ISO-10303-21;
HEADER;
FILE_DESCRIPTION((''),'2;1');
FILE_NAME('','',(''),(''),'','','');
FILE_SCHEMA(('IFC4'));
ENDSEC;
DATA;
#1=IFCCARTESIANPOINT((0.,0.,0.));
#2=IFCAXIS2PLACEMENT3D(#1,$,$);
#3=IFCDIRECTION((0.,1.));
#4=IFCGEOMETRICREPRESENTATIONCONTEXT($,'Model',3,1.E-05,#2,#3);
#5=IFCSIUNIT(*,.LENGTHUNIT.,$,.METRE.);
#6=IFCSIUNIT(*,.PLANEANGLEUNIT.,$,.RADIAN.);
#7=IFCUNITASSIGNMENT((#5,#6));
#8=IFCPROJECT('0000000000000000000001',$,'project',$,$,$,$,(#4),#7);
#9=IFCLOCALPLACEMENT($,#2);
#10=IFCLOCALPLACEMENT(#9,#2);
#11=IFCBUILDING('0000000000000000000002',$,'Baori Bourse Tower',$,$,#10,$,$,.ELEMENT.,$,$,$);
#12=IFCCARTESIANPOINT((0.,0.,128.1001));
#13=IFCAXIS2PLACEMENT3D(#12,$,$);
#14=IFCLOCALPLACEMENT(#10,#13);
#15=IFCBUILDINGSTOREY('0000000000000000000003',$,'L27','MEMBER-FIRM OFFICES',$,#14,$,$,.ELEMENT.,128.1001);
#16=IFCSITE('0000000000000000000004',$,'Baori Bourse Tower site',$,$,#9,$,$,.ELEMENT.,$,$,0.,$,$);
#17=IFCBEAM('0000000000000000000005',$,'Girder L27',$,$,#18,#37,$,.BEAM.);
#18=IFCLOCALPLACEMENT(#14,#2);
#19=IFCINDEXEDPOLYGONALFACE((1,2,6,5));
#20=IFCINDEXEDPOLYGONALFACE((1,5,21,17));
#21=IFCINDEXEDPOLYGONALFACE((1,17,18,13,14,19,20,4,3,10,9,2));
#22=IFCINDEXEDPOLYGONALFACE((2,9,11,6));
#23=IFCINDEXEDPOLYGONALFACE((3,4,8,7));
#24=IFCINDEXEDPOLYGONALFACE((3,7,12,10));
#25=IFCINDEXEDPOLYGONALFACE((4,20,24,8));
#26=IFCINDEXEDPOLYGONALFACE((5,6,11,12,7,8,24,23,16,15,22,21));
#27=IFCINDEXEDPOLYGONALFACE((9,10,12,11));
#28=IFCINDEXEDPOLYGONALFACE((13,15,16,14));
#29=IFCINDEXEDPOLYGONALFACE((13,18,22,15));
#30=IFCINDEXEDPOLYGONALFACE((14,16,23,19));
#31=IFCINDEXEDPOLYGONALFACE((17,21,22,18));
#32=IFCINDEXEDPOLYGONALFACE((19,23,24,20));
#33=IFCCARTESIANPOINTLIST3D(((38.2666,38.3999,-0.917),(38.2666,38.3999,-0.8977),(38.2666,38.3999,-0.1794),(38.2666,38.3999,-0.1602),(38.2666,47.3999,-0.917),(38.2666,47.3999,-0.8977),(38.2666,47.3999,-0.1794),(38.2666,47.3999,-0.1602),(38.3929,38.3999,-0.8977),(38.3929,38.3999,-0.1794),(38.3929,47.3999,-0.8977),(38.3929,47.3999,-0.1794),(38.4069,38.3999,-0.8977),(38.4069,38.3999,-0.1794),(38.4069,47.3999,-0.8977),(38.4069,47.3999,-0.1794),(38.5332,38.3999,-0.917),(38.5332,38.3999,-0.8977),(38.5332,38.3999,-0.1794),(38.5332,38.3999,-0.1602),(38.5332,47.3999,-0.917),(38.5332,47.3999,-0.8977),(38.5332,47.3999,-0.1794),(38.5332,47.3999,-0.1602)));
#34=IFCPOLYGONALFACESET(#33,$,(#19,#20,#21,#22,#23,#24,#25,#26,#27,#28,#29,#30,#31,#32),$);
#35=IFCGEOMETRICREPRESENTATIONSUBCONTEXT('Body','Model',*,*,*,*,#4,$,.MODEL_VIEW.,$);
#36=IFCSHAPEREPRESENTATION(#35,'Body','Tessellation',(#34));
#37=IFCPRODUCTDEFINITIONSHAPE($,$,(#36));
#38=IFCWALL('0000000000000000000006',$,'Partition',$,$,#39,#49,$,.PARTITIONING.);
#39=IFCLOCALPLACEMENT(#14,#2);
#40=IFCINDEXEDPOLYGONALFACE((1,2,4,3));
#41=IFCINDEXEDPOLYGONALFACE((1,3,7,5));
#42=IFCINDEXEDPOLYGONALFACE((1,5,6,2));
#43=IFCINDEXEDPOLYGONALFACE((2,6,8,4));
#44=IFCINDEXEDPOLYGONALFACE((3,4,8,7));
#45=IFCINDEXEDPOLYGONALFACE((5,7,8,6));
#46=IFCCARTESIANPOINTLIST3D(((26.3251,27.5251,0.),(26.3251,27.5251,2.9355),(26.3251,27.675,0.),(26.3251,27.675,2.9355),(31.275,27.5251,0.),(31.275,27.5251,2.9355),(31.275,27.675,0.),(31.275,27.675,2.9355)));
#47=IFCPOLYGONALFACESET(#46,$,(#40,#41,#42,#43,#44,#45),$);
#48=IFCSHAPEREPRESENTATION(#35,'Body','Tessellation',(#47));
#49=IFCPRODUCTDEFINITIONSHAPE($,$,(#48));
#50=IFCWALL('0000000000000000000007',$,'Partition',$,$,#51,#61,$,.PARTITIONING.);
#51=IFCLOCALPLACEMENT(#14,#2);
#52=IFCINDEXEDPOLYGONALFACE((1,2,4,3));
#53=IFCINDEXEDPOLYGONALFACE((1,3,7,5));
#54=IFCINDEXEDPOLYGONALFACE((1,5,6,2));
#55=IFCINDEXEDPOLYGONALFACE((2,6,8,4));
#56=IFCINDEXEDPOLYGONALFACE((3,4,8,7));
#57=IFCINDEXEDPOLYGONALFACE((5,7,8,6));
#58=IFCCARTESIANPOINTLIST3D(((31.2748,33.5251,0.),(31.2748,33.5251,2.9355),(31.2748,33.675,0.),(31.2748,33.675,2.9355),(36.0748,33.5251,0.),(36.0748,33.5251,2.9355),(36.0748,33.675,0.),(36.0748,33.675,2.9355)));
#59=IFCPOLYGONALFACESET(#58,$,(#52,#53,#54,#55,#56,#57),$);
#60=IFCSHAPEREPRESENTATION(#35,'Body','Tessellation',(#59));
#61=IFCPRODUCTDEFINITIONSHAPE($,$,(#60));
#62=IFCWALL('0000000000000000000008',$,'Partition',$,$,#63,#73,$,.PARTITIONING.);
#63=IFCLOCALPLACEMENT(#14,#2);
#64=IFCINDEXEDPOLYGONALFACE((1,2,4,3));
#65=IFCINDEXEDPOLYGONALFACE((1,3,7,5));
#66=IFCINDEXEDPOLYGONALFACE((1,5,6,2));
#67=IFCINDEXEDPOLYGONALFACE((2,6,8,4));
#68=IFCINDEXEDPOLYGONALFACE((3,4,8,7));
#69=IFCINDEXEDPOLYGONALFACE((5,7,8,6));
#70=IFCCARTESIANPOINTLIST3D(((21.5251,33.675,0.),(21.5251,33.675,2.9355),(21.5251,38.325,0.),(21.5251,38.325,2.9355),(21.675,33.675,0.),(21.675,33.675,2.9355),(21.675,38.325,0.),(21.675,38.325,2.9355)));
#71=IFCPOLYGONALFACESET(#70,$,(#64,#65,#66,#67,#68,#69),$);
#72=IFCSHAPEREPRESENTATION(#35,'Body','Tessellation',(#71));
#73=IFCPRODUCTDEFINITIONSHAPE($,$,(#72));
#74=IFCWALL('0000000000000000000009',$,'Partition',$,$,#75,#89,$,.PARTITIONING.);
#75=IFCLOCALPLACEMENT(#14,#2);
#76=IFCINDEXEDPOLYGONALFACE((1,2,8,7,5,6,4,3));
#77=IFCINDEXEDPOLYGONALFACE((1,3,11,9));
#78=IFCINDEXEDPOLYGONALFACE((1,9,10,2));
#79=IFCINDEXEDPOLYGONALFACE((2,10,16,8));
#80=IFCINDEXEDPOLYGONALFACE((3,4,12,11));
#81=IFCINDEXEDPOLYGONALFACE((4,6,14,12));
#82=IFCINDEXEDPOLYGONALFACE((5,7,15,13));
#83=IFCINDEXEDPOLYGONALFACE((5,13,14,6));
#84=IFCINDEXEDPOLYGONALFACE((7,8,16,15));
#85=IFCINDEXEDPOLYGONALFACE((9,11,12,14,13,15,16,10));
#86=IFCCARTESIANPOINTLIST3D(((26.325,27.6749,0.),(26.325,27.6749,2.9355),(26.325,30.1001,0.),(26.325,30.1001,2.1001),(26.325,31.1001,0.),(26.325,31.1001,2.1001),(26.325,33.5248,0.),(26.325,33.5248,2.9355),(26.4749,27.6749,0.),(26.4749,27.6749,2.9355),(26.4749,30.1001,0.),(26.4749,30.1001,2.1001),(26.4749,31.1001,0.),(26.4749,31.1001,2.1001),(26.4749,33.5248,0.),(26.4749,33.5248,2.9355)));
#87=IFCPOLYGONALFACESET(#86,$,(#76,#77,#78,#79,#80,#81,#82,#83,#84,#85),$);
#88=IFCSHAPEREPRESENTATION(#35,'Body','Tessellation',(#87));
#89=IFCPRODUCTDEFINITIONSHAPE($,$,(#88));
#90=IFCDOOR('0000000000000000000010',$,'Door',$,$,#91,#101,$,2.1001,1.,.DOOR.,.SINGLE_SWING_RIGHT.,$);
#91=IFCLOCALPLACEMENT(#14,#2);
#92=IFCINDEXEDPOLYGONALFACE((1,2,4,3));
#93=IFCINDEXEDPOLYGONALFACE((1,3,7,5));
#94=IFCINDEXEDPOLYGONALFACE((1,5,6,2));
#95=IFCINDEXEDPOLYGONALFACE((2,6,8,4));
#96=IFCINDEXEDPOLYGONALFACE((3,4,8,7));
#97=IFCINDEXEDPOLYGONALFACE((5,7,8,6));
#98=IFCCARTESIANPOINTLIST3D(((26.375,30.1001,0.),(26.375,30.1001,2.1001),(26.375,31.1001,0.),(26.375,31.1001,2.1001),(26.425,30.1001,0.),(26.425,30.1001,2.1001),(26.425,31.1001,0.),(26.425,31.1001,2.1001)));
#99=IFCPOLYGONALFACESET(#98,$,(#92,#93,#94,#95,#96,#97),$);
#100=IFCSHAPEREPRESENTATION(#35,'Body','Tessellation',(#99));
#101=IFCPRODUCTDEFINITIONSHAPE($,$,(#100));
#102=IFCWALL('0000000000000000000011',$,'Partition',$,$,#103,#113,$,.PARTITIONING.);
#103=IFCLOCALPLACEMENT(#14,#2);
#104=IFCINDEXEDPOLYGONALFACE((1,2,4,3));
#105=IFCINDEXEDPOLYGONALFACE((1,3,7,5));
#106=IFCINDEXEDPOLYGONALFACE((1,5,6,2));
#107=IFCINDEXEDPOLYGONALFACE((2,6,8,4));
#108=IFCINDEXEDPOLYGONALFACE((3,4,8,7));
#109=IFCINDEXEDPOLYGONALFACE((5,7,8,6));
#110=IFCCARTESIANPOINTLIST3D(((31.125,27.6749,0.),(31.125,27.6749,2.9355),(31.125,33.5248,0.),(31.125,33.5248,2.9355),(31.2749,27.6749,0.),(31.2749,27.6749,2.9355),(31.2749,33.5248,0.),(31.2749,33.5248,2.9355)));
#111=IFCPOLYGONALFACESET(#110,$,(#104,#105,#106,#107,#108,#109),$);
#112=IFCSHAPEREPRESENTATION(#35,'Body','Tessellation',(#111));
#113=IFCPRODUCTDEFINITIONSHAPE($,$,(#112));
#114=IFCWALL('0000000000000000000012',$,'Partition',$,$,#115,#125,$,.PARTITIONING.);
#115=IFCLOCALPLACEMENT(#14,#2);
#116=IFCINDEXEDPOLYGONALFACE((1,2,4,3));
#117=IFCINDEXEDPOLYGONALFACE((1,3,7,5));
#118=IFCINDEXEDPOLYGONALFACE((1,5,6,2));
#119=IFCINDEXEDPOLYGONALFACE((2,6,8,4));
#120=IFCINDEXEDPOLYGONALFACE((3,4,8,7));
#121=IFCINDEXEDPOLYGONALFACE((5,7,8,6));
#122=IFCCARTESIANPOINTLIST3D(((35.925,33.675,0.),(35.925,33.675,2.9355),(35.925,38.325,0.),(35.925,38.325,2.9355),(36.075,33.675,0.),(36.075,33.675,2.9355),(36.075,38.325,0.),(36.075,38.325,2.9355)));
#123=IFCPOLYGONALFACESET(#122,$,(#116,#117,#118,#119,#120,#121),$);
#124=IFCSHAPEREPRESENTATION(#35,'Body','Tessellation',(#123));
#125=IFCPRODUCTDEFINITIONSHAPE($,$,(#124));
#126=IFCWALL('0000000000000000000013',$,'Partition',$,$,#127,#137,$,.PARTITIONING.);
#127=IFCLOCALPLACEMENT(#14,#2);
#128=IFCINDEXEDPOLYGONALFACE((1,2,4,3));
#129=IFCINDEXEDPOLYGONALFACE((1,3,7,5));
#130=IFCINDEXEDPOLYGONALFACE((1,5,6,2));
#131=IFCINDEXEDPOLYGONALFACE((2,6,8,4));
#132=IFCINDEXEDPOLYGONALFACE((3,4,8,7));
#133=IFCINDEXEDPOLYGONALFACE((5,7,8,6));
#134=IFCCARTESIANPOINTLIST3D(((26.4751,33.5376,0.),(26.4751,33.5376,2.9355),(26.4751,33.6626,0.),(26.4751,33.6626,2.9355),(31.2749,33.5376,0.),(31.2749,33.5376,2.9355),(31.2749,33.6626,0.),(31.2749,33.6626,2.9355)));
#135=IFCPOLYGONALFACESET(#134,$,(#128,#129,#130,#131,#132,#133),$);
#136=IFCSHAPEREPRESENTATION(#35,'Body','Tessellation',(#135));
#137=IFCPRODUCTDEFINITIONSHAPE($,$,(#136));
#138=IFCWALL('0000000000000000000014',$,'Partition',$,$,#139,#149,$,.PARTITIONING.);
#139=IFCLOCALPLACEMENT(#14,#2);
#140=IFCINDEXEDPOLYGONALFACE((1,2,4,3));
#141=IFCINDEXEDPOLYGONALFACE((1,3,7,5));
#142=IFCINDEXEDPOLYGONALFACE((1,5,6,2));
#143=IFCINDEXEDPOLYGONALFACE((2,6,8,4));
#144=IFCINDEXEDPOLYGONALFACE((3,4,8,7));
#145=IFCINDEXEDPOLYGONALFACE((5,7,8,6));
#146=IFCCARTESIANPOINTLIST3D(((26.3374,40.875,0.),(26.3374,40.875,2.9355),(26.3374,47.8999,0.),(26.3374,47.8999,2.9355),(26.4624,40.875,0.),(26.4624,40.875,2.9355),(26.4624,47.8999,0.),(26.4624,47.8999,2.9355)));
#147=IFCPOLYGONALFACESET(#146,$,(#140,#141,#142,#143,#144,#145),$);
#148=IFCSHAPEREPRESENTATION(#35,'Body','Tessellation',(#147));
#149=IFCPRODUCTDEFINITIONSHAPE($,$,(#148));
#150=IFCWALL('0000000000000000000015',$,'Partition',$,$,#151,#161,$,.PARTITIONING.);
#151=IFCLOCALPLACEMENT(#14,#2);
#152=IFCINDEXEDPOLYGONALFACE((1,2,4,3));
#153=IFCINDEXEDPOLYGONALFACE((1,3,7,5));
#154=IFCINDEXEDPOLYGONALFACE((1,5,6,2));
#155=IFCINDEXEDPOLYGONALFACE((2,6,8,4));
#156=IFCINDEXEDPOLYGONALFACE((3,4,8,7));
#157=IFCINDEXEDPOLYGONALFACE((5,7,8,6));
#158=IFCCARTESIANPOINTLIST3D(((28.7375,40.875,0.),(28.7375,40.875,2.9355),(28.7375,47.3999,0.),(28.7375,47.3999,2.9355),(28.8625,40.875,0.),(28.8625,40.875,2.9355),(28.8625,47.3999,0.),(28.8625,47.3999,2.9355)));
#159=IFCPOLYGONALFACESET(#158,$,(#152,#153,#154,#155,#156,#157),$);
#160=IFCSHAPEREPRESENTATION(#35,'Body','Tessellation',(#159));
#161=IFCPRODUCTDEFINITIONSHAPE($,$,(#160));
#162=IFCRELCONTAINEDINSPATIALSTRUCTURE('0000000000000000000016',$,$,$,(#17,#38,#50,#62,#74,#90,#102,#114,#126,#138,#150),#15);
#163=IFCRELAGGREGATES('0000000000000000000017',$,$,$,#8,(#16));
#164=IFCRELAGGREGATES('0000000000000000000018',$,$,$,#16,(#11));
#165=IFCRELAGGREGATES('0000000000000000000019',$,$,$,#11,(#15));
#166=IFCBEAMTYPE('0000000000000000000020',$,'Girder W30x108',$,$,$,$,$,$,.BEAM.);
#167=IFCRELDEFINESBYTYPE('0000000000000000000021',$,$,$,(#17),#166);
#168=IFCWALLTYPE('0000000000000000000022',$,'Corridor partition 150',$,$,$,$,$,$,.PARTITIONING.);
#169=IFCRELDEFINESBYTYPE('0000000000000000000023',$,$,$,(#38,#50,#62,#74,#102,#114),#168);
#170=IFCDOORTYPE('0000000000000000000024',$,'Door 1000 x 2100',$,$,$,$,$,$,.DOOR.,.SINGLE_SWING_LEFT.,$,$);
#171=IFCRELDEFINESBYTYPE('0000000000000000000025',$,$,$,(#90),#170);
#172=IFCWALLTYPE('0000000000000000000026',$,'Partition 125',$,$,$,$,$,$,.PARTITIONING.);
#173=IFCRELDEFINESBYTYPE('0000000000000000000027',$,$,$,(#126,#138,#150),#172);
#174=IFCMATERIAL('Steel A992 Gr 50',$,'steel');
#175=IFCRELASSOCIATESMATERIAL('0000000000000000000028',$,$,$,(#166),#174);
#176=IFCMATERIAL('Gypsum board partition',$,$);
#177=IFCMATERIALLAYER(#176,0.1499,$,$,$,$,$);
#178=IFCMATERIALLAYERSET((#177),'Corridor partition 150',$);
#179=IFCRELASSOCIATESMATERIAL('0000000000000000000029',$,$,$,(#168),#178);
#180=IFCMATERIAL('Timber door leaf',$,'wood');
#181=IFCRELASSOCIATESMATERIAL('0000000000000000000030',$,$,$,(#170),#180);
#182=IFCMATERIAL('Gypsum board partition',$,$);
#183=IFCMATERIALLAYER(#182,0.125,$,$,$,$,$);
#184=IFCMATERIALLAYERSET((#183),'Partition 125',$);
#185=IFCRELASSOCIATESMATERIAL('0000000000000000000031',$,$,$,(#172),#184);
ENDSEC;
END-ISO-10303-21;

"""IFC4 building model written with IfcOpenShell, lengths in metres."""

from ifc_helpers import new_model, si_unit, direction, frame, frame_2d, origin, origin_2d, place, context, subcontext, project, spatial, rectangle, i_section, extrude, material, layer, layer_set, material_profile, profile_set, type_object, element, fill, save


model = new_model("IFC4")

# Units and contexts
model_context = context("Model", 3, precision=1e-05, world=origin(), true_north=direction((0.0, 1.0)))
body_context = subcontext(model_context, "Body", "Model", "MODEL_VIEW")
ifc_project = project(units=[si_unit("LENGTHUNIT", "METRE"), si_unit("PLANEANGLEUNIT", "RADIAN")], contexts=[model_context])

# Site, building, storey
site_placement = place(None, origin())
site = spatial("IfcSite", under=ifc_project, at=site_placement, Name="Baori Bourse Tower site", CompositionType="ELEMENT", RefElevation=0.0)
building_placement = place(site_placement, origin())
building = spatial("IfcBuilding", under=site, at=building_placement, Name="Baori Bourse Tower", CompositionType="ELEMENT")
storey_placement = place(building_placement, frame((0.0, 0.0, 128.1001)))
storey = spatial("IfcBuildingStorey", under=building, at=storey_placement, Name="L27", Description="MEMBER-FIRM OFFICES", CompositionType="ELEMENT", Elevation=128.1001)

# Beam
ifc_material_1 = material(Name="Steel A992 Gr 50", Category="steel")
ifc_material_profile = material_profile(ifc_material_1, i_section(OverallWidth=0.2666, OverallDepth=0.7568, WebThickness=0.0139, FlangeThickness=0.0193, at=origin_2d()), Name="W30x108")
ifc_profile_set = profile_set([ifc_material_profile], Name="Steel A992 Gr 50")
beam_type = type_object("IfcBeamType", Name="Girder W30x108", PredefinedType="BEAM", material=ifc_profile_set)
beam_placement = place(storey_placement, frame((38.3999, 38.3999, -0.5386), z_axis=(0.0, 1.0, 0.0), x_axis=(-1.0, 0.0, 0.0)))
element("IfcBeam", 1, at=beam_placement, inside=storey, type_object=beam_type, Name="Girder L27", PredefinedType="BEAM", context=body_context, shape_type="SweptSolid", body=[
    extrude(i_section(OverallWidth=0.2666, OverallDepth=0.7568, WebThickness=0.0139, FlangeThickness=0.0193, at=origin_2d()), origin(), (0.0, 0.0, 1.0), 9.0),
])

# Walls
ifc_material_2 = material(Name="Gypsum board partition")
ifc_layer_1 = layer(ifc_material_2, 0.1499)
ifc_layer_set_1 = layer_set([ifc_layer_1], Name="Corridor partition 150")
wall_type_1 = type_object("IfcWallType", Name="Corridor partition 150", PredefinedType="PARTITIONING", material=ifc_layer_set_1)
wall_1_placement = place(storey_placement, frame((26.325, 27.6001, 0.0), z_axis=(0.0, 0.0, 1.0), x_axis=(1.0, 0.0, 0.0)))
element("IfcWall", 2, at=wall_1_placement, inside=storey, type_object=wall_type_1, Name="Partition", PredefinedType="PARTITIONING", context=body_context, shape_type="SweptSolid", body=[
    extrude(rectangle(XDim=4.95, YDim=0.1499, at=frame_2d((2.4751, 0.0))), origin(), (0.0, 0.0, 1.0), 2.9355),
])
wall_2_placement = place(storey_placement, frame((31.2749, 33.6001, 0.0), z_axis=(0.0, 0.0, 1.0), x_axis=(1.0, 0.0, 0.0)))
element("IfcWall", 3, at=wall_2_placement, inside=storey, type_object=wall_type_1, Name="Partition", PredefinedType="PARTITIONING", context=body_context, shape_type="SweptSolid", body=[
    extrude(rectangle(XDim=4.8, YDim=0.1499, at=frame_2d((2.3999, 0.0))), origin(), (0.0, 0.0, 1.0), 2.9355),
])
wall_3_placement = place(storey_placement, frame((21.6001, 33.675, 0.0), z_axis=(0.0, 0.0, 1.0), x_axis=(0.0, 1.0, 0.0)))
element("IfcWall", 4, at=wall_3_placement, inside=storey, type_object=wall_type_1, Name="Partition", PredefinedType="PARTITIONING", context=body_context, shape_type="SweptSolid", body=[
    extrude(rectangle(XDim=4.6499, YDim=0.1499, at=frame_2d((2.325, 0.0))), origin(), (0.0, 0.0, 1.0), 2.9355),
])

# Wall, opening, door
wall_4_placement = place(storey_placement, frame((26.3999, 27.675, 0.0), z_axis=(0.0, 0.0, 1.0), x_axis=(0.0, 1.0, 0.0)))
wall_4 = element("IfcWall", 5, at=wall_4_placement, inside=storey, type_object=wall_type_1, Name="Partition", PredefinedType="PARTITIONING", context=body_context, shape_type="SweptSolid", body=[
    extrude(rectangle(XDim=5.8499, YDim=0.1499, at=frame_2d((2.9248, 0.0))), origin(), (0.0, 0.0, 1.0), 2.9355),
])
opening_1_placement = place(wall_4_placement, frame((2.425, 0.0, 0.0)))
opening_1 = element("IfcOpeningElement", 6, at=opening_1_placement, cuts=wall_4, PredefinedType="OPENING", context=body_context, shape_type="SweptSolid", body=[
    extrude(rectangle(XDim=1.0, YDim=2.1001, at=frame_2d((0.5, 1.05))), frame((0.0, 0.085, 0.0), z_axis=(0.0, -1.0, 0.0), x_axis=(1.0, 0.0, 0.0)), (0.0, 0.0, 1.0), 0.1699),
])
ifc_material_3 = material(Name="Timber door leaf", Category="wood")
door_type_1 = type_object("IfcDoorType", Name="Door 1000 x 2100", OperationType="SINGLE_SWING_LEFT", PredefinedType="DOOR", material=ifc_material_3)
door_1_placement = place(opening_1_placement, origin())
door_1 = element("IfcDoor", 7, at=door_1_placement, inside=storey, type_object=door_type_1, Name="Door", OperationType="SINGLE_SWING_RIGHT", OverallHeight=2.1001, OverallWidth=1.0, PredefinedType="DOOR", context=body_context, shape_type="SweptSolid", body=[
    extrude(rectangle(XDim=1.0, YDim=2.1001, at=frame_2d((0.5, 1.05))), frame((0.0, 0.0249, 0.0), z_axis=(0.0, -1.0, 0.0), x_axis=(1.0, 0.0, 0.0)), (0.0, 0.0, 1.0), 0.05),
])
fill(opening_1, door_1)

# Walls
wall_5_placement = place(storey_placement, frame((31.2, 27.675, 0.0), z_axis=(0.0, 0.0, 1.0), x_axis=(0.0, 1.0, 0.0)))
element("IfcWall", 8, at=wall_5_placement, inside=storey, type_object=wall_type_1, Name="Partition", PredefinedType="PARTITIONING", context=body_context, shape_type="SweptSolid", body=[
    extrude(rectangle(XDim=5.8499, YDim=0.1499, at=frame_2d((2.9248, 0.0))), origin(), (0.0, 0.0, 1.0), 2.9355),
])
wall_6_placement = place(storey_placement, frame((36.0, 33.675, 0.0), z_axis=(0.0, 0.0, 1.0), x_axis=(0.0, 1.0, 0.0)))
element("IfcWall", 9, at=wall_6_placement, inside=storey, type_object=wall_type_1, Name="Partition", PredefinedType="PARTITIONING", context=body_context, shape_type="SweptSolid", body=[
    extrude(rectangle(XDim=4.6499, YDim=0.1499, at=frame_2d((2.325, 0.0))), origin(), (0.0, 0.0, 1.0), 2.9355),
])
ifc_material_4 = material(Name="Gypsum board partition")
ifc_layer_2 = layer(ifc_material_4, 0.125)
ifc_layer_set_2 = layer_set([ifc_layer_2], Name="Partition 125")
wall_type_2 = type_object("IfcWallType", Name="Partition 125", PredefinedType="PARTITIONING", material=ifc_layer_set_2)
wall_7_placement = place(storey_placement, frame((26.4751, 33.6001, 0.0), z_axis=(0.0, 0.0, 1.0), x_axis=(1.0, 0.0, 0.0)))
element("IfcWall", 10, at=wall_7_placement, inside=storey, type_object=wall_type_2, Name="Partition", PredefinedType="PARTITIONING", context=body_context, shape_type="SweptSolid", body=[
    extrude(rectangle(XDim=4.7998, YDim=0.125, at=frame_2d((2.3999, 0.0))), origin(), (0.0, 0.0, 1.0), 2.9355),
])
wall_8_placement = place(storey_placement, frame((26.3999, 40.875, 0.0), z_axis=(0.0, 0.0, 1.0), x_axis=(0.0, 1.0, 0.0)))
element("IfcWall", 11, at=wall_8_placement, inside=storey, type_object=wall_type_2, Name="Partition", PredefinedType="PARTITIONING", context=body_context, shape_type="SweptSolid", body=[
    extrude(rectangle(XDim=7.0249, YDim=0.125, at=frame_2d((3.5125, 0.0))), origin(), (0.0, 0.0, 1.0), 2.9355),
])
wall_9_placement = place(storey_placement, frame((28.8, 40.875, 0.0), z_axis=(0.0, 0.0, 1.0), x_axis=(0.0, 1.0, 0.0)))
element("IfcWall", 12, at=wall_9_placement, inside=storey, type_object=wall_type_2, Name="Partition", PredefinedType="PARTITIONING", context=body_context, shape_type="SweptSolid", body=[
    extrude(rectangle(XDim=6.5249, YDim=0.125, at=frame_2d((3.2625, 0.0))), origin(), (0.0, 0.0, 1.0), 2.9355),
])

save(model, "model.ifc")
